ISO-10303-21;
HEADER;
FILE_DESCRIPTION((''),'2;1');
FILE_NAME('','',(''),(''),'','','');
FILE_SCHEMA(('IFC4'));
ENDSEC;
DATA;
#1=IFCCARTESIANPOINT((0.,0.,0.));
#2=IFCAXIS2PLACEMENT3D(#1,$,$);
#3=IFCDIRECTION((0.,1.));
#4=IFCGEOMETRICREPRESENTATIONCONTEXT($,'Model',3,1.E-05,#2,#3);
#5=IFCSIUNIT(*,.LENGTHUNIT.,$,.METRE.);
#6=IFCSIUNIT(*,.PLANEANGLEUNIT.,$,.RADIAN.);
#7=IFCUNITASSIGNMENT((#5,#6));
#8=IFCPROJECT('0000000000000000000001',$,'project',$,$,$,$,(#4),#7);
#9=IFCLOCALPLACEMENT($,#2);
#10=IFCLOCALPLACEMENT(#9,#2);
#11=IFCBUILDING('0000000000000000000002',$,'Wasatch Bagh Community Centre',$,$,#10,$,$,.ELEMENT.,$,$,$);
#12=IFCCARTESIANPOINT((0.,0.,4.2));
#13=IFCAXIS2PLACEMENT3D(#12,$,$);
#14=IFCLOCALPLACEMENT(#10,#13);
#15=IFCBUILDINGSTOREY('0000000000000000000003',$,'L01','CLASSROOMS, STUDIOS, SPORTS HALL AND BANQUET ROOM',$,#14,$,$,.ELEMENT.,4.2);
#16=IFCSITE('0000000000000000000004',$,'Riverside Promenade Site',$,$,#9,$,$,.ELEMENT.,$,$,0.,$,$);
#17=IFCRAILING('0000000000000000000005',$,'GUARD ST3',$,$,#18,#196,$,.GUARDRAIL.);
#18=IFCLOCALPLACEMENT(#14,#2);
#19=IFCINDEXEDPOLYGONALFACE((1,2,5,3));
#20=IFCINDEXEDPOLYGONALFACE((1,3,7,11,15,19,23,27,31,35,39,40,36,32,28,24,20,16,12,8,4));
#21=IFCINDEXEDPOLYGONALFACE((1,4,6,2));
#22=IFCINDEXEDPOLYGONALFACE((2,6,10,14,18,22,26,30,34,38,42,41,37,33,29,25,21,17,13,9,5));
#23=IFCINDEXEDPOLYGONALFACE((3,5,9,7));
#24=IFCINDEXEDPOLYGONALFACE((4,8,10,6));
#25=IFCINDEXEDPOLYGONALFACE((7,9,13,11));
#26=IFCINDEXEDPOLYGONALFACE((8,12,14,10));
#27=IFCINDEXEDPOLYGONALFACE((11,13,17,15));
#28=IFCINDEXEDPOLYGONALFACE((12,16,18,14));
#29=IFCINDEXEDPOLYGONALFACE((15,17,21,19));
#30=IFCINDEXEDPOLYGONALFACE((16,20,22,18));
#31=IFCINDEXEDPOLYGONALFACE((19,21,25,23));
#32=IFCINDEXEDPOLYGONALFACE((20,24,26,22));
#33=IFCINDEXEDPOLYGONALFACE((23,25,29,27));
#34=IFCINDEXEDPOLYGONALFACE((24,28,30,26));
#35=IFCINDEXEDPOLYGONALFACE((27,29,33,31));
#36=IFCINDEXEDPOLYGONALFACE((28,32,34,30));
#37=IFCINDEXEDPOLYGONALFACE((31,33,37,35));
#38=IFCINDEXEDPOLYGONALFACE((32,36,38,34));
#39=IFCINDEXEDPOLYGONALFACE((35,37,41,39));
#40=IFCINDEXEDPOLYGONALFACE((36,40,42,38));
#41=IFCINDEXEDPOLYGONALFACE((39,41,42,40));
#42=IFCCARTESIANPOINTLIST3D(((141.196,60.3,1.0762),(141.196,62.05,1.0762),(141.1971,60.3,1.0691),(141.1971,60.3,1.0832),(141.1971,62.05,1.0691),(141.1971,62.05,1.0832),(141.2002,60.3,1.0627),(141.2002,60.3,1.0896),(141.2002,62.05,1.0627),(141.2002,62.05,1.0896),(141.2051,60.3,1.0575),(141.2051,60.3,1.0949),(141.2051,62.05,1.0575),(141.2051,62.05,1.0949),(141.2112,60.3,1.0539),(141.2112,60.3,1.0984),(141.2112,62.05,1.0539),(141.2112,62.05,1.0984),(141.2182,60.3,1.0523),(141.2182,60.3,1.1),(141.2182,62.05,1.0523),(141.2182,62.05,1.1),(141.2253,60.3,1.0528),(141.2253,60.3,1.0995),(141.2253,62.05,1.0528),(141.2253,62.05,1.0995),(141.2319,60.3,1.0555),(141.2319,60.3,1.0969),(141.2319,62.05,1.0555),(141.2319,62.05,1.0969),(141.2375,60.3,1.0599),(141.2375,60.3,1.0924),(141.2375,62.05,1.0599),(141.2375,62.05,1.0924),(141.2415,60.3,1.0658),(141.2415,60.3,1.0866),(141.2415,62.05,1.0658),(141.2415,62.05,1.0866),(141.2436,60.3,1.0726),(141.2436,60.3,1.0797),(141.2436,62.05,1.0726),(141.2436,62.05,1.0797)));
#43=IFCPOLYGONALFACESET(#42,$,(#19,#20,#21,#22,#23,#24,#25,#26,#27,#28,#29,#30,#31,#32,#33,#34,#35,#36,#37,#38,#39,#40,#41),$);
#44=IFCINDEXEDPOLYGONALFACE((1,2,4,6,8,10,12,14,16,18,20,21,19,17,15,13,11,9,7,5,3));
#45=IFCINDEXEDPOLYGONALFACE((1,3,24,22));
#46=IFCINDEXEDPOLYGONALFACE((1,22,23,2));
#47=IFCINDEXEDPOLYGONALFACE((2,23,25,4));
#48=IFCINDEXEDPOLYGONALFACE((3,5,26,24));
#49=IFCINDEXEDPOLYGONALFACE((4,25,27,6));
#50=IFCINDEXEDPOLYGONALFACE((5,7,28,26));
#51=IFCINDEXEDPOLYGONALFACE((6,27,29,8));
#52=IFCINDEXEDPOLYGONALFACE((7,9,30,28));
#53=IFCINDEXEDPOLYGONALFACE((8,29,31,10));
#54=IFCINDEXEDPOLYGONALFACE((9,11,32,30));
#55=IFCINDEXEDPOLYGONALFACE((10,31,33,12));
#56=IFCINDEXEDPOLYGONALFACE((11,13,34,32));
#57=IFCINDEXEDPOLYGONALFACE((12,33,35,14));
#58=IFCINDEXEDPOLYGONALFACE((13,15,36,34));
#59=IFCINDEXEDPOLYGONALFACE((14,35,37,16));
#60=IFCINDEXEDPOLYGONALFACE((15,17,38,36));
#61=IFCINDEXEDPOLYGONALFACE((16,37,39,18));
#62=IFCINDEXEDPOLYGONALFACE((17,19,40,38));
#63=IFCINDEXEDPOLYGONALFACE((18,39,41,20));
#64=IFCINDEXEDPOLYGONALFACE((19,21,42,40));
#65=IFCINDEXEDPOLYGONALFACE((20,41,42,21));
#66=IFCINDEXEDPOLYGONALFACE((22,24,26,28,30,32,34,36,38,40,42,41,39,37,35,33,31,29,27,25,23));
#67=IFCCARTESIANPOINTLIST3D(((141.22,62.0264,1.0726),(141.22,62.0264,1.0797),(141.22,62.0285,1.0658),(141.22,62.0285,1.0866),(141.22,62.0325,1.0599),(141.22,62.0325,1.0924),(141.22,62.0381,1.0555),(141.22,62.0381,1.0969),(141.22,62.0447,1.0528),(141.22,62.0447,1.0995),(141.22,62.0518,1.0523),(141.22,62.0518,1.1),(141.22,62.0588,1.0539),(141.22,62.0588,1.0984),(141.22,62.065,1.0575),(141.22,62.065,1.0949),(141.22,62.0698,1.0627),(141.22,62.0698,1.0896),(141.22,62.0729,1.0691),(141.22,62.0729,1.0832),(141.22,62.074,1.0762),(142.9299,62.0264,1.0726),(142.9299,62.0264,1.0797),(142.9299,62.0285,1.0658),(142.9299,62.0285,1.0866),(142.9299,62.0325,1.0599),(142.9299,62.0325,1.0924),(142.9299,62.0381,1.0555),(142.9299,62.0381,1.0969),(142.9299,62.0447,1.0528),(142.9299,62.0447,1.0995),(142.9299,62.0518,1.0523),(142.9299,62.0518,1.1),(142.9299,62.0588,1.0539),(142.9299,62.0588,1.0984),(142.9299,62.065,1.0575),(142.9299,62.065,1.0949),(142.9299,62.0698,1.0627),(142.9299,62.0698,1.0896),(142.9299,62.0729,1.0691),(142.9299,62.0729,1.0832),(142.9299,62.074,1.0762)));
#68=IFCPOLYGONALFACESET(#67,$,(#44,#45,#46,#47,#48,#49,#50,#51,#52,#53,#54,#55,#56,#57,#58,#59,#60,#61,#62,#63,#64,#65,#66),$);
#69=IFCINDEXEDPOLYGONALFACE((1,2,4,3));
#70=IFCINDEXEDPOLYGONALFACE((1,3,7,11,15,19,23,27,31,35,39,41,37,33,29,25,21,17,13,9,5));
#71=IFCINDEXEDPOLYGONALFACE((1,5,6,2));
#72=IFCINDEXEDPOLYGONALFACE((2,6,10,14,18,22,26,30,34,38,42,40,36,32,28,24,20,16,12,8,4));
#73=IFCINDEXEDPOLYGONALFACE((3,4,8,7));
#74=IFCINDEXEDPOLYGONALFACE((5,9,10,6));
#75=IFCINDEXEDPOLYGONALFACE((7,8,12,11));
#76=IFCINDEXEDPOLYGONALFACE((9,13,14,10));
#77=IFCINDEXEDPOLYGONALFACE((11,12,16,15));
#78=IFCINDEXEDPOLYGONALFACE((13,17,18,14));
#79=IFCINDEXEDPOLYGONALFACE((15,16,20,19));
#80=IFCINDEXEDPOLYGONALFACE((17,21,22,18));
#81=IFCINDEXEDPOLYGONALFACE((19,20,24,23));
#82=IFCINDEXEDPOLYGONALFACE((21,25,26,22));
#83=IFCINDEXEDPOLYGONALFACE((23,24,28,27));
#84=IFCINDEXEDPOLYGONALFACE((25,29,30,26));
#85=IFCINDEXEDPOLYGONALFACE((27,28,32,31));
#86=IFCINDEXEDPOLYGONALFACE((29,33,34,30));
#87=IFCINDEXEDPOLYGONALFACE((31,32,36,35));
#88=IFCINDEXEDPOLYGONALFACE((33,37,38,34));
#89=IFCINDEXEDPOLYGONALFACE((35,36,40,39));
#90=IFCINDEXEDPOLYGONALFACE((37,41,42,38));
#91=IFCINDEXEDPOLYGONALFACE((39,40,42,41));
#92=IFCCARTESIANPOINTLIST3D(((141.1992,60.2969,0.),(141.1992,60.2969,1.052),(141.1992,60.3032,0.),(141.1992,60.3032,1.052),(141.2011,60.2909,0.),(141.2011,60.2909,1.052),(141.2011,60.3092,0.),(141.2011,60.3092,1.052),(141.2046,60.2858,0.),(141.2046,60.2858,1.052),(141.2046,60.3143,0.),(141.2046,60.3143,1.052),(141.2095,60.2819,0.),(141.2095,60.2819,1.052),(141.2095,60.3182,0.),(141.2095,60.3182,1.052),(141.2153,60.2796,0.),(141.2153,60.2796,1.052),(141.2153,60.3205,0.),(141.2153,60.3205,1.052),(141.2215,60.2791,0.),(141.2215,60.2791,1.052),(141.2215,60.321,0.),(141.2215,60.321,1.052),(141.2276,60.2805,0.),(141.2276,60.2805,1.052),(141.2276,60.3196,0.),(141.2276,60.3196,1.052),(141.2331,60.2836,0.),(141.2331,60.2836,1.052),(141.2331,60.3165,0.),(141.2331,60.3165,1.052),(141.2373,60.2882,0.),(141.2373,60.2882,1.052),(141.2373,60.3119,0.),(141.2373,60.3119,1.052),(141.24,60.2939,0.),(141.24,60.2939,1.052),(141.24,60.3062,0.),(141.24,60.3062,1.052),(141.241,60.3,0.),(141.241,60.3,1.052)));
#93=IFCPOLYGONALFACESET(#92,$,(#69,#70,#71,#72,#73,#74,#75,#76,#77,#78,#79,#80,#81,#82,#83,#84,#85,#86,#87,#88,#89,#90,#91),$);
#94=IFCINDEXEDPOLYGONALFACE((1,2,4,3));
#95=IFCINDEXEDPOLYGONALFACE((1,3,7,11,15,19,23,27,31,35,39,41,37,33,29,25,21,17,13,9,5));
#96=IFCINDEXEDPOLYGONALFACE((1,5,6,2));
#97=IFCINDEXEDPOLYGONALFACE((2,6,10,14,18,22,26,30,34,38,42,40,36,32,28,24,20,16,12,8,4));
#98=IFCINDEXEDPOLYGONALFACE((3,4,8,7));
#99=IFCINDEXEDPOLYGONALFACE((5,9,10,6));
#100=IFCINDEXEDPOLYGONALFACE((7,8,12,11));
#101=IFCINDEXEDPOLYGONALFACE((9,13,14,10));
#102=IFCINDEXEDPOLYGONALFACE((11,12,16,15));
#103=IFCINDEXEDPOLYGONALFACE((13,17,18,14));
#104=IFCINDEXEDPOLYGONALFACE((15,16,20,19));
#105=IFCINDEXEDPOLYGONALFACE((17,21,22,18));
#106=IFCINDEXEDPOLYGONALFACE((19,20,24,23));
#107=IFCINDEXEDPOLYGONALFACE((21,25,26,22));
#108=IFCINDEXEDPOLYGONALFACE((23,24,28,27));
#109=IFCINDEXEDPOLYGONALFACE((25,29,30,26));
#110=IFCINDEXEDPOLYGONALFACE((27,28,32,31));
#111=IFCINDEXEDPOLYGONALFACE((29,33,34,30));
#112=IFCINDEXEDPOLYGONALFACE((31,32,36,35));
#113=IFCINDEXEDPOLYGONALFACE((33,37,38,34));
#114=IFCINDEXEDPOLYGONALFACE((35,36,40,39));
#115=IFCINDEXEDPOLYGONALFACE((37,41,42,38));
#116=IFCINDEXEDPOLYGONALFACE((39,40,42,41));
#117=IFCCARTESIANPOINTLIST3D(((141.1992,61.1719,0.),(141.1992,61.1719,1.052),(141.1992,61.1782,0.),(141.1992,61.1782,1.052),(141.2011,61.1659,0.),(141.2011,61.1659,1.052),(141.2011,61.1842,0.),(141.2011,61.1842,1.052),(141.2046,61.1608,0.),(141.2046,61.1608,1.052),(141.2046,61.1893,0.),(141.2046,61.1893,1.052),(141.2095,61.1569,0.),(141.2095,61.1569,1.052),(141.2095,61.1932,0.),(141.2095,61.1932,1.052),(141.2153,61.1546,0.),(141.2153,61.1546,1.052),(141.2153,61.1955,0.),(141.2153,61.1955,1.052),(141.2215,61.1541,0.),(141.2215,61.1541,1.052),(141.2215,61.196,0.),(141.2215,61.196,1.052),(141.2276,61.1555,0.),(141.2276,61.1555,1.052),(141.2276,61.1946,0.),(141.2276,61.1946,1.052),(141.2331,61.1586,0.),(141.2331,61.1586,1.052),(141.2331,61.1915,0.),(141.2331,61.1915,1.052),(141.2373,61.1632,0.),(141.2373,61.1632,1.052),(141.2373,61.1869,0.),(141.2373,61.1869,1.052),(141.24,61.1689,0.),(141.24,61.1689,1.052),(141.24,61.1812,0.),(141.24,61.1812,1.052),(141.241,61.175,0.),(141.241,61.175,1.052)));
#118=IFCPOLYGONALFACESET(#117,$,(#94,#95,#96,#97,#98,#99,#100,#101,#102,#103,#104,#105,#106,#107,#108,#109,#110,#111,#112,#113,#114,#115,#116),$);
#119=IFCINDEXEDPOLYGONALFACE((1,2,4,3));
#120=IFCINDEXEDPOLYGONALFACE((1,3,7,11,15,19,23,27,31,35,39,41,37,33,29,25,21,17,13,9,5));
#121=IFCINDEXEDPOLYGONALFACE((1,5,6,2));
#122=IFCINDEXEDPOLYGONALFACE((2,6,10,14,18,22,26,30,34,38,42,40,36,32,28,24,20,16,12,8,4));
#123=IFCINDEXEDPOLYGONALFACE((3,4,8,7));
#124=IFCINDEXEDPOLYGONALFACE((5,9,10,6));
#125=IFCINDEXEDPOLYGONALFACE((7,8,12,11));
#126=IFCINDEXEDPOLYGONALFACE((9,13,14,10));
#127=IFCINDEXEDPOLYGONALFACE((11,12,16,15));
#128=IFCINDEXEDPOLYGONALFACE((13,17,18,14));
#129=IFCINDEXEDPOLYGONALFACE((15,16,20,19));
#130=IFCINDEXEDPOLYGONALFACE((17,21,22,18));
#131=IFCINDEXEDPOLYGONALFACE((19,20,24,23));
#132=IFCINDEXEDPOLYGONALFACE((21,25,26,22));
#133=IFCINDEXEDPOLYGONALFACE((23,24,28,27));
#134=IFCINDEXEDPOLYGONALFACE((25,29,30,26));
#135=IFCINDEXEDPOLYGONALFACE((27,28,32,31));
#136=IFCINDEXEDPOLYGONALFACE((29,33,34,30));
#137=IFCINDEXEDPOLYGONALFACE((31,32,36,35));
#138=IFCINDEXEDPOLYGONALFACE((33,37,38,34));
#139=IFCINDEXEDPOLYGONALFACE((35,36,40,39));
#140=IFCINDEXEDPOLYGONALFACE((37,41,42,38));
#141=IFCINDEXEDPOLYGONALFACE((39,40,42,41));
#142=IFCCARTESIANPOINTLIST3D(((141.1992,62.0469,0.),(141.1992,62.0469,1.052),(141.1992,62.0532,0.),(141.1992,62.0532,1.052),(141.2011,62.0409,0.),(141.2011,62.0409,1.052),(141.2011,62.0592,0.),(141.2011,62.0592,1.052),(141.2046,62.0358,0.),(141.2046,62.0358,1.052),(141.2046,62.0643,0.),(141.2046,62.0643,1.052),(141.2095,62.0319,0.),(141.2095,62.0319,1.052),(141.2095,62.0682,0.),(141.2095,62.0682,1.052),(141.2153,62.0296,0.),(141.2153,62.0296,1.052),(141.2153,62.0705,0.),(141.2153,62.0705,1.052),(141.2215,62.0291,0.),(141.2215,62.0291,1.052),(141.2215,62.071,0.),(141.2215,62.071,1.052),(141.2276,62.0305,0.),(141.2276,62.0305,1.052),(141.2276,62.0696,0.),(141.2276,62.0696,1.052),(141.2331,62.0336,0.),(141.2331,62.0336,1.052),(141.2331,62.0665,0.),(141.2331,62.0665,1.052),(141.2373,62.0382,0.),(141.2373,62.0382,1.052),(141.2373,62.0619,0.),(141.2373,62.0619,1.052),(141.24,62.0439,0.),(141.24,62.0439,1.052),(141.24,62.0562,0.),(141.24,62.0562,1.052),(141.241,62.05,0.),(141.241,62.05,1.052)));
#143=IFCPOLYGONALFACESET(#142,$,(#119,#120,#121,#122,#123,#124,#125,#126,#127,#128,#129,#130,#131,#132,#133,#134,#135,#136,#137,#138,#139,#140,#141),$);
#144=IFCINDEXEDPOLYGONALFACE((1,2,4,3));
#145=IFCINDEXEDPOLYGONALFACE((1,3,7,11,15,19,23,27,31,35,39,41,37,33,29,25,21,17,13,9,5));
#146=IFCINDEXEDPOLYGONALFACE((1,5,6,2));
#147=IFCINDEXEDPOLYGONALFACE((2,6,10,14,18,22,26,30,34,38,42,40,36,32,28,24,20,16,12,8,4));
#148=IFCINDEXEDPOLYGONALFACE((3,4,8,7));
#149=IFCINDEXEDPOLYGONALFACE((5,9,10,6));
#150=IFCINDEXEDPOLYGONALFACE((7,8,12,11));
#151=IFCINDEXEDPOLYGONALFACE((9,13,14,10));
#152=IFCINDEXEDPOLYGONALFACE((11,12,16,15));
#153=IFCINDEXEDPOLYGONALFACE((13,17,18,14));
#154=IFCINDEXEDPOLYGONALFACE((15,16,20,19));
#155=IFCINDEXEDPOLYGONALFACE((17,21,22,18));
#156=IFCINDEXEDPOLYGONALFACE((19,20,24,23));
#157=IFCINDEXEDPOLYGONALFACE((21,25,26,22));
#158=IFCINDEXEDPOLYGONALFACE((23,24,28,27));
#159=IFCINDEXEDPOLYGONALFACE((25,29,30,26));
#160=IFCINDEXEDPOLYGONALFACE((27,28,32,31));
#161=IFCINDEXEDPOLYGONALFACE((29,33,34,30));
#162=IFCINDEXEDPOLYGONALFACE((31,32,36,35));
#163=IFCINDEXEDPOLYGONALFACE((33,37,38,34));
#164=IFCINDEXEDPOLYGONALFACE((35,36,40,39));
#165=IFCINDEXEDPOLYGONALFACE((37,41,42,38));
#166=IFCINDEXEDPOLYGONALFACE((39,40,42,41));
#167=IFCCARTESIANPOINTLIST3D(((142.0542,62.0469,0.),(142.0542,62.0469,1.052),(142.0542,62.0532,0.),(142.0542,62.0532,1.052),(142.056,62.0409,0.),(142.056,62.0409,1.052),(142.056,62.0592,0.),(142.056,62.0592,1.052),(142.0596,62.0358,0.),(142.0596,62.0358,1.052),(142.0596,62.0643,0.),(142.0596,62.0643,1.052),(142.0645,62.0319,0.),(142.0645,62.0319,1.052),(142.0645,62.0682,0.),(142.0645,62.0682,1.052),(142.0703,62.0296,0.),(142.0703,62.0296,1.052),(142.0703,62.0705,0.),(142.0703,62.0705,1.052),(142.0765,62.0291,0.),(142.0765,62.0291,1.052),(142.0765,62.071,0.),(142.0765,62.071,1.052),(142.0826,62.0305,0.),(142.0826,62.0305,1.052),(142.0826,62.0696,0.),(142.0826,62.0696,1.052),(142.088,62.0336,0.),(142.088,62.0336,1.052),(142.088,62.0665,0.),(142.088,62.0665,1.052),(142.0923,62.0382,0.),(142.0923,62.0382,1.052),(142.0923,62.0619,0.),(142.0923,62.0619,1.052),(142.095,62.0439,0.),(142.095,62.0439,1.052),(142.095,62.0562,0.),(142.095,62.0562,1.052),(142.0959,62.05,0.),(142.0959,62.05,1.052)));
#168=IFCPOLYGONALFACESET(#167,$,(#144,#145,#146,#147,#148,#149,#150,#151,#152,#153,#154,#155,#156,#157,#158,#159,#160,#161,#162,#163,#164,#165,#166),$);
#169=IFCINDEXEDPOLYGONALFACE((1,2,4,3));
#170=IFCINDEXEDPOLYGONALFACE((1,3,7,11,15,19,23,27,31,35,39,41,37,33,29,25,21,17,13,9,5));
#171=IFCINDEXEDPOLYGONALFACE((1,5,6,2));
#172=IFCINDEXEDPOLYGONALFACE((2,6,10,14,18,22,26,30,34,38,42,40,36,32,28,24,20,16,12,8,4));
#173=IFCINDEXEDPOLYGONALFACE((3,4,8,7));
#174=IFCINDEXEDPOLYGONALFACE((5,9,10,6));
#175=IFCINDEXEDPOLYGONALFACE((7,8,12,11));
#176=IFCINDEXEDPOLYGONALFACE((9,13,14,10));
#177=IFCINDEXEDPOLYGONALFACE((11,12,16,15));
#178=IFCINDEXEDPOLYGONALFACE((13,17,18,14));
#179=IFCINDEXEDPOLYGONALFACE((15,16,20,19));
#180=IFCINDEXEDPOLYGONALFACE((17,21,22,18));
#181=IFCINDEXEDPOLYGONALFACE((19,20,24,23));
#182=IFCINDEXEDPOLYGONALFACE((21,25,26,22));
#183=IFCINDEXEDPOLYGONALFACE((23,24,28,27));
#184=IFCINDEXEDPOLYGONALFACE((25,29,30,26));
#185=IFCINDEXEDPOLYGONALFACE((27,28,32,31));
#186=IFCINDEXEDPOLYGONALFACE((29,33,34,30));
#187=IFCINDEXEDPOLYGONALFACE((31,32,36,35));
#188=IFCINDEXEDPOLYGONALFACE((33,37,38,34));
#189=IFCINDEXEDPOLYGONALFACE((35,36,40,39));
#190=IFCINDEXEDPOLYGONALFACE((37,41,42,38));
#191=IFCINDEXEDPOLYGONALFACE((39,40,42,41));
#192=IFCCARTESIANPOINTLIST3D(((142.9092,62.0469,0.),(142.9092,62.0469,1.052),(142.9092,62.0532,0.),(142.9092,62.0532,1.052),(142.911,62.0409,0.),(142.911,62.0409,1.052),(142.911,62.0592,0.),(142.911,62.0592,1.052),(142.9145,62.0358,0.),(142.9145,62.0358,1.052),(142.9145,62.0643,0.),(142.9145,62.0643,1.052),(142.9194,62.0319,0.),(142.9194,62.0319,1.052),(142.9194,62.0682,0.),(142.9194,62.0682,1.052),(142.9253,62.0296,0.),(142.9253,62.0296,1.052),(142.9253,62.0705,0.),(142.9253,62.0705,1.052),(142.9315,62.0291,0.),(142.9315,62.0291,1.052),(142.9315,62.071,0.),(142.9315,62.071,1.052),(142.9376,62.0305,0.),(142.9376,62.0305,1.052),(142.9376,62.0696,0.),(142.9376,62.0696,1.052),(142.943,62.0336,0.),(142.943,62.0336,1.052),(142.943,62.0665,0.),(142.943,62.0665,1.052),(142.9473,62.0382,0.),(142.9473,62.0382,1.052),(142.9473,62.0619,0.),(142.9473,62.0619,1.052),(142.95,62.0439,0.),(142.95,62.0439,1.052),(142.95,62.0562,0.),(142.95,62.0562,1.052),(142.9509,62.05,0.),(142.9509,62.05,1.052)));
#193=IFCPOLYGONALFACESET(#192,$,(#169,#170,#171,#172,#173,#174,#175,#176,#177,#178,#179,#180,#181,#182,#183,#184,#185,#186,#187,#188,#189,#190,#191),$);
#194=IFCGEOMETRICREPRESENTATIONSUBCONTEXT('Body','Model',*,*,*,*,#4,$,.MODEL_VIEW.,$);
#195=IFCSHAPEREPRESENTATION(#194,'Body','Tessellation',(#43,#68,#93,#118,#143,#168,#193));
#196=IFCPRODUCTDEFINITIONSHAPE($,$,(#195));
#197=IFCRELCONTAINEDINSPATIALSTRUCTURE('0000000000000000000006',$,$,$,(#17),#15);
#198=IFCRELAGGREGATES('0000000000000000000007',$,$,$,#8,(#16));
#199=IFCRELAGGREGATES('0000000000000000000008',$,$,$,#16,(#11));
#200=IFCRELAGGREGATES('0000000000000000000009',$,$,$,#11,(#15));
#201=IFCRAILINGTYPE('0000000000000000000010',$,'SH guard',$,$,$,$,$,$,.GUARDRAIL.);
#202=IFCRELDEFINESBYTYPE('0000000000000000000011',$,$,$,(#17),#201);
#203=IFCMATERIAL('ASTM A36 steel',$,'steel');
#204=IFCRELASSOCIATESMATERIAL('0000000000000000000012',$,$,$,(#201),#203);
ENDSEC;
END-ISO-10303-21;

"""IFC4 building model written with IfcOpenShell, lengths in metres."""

from ifc_helpers import new_model, si_unit, direction, frame, origin, origin_2d, place, context, subcontext, project, spatial, circle, extrude, material, type_object, element, save


model = new_model("IFC4")

# Units and contexts
model_context = context("Model", 3, precision=1e-05, world=origin(), true_north=direction((0.0, 1.0)))
body_context = subcontext(model_context, "Body", "Model", "MODEL_VIEW")
ifc_project = project(units=[si_unit("LENGTHUNIT", "METRE"), si_unit("PLANEANGLEUNIT", "RADIAN")], contexts=[model_context])

# Site, building, storey
site_placement = place(None, origin())
site = spatial("IfcSite", under=ifc_project, at=site_placement, Name="Riverside Promenade Site", CompositionType="ELEMENT", RefElevation=0.0)
building_placement = place(site_placement, origin())
building = spatial("IfcBuilding", under=site, at=building_placement, Name="Wasatch Bagh Community Centre", CompositionType="ELEMENT")
storey_placement = place(building_placement, frame((0.0, 0.0, 4.2)))
storey = spatial("IfcBuildingStorey", under=building, at=storey_placement, Name="L01", Description="CLASSROOMS, STUDIOS, SPORTS HALL AND BANQUET ROOM", CompositionType="ELEMENT", Elevation=4.2)

# Railing
ifc_material_1 = material(Name="ASTM A36 steel", Category="steel")
railing_type = type_object("IfcRailingType", Name="SH guard", PredefinedType="GUARDRAIL", material=ifc_material_1)
railing_placement = place(storey_placement, frame((141.22, 60.3, 0.0)))
element("IfcRailing", 1, at=railing_placement, inside=storey, type_object=railing_type, Name="GUARD ST3", PredefinedType="GUARDRAIL", context=body_context, shape_type="SweptSolid", body=[
    extrude(circle(Radius=0.0239, at=origin_2d()), frame((0.0, 0.0, 1.0762), z_axis=(0.0, 1.0, 0.0), x_axis=(-1.0, 0.0, 0.0)), (0.0, 0.0, 1.0), 1.75),
    extrude(circle(Radius=0.0239, at=origin_2d()), frame((0.0, 1.75, 1.0762), z_axis=(1.0, 0.0, 0.0), x_axis=(0.0, 1.0, 0.0)), (0.0, 0.0, 1.0), 1.71),
    extrude(circle(Radius=0.021, at=origin_2d()), origin(), (0.0, 0.0, 1.0), 1.052),
    extrude(circle(Radius=0.021, at=origin_2d()), frame((0.0, 0.875, 0.0)), (0.0, 0.0, 1.0), 1.052),
    extrude(circle(Radius=0.021, at=origin_2d()), frame((0.0, 1.75, 0.0)), (0.0, 0.0, 1.0), 1.052),
    extrude(circle(Radius=0.021, at=origin_2d()), frame((0.855, 1.75, 0.0)), (0.0, 0.0, 1.0), 1.052),
    extrude(circle(Radius=0.021, at=origin_2d()), frame((1.71, 1.75, 0.0)), (0.0, 0.0, 1.0), 1.052),
])

save(model, "model.ifc")
